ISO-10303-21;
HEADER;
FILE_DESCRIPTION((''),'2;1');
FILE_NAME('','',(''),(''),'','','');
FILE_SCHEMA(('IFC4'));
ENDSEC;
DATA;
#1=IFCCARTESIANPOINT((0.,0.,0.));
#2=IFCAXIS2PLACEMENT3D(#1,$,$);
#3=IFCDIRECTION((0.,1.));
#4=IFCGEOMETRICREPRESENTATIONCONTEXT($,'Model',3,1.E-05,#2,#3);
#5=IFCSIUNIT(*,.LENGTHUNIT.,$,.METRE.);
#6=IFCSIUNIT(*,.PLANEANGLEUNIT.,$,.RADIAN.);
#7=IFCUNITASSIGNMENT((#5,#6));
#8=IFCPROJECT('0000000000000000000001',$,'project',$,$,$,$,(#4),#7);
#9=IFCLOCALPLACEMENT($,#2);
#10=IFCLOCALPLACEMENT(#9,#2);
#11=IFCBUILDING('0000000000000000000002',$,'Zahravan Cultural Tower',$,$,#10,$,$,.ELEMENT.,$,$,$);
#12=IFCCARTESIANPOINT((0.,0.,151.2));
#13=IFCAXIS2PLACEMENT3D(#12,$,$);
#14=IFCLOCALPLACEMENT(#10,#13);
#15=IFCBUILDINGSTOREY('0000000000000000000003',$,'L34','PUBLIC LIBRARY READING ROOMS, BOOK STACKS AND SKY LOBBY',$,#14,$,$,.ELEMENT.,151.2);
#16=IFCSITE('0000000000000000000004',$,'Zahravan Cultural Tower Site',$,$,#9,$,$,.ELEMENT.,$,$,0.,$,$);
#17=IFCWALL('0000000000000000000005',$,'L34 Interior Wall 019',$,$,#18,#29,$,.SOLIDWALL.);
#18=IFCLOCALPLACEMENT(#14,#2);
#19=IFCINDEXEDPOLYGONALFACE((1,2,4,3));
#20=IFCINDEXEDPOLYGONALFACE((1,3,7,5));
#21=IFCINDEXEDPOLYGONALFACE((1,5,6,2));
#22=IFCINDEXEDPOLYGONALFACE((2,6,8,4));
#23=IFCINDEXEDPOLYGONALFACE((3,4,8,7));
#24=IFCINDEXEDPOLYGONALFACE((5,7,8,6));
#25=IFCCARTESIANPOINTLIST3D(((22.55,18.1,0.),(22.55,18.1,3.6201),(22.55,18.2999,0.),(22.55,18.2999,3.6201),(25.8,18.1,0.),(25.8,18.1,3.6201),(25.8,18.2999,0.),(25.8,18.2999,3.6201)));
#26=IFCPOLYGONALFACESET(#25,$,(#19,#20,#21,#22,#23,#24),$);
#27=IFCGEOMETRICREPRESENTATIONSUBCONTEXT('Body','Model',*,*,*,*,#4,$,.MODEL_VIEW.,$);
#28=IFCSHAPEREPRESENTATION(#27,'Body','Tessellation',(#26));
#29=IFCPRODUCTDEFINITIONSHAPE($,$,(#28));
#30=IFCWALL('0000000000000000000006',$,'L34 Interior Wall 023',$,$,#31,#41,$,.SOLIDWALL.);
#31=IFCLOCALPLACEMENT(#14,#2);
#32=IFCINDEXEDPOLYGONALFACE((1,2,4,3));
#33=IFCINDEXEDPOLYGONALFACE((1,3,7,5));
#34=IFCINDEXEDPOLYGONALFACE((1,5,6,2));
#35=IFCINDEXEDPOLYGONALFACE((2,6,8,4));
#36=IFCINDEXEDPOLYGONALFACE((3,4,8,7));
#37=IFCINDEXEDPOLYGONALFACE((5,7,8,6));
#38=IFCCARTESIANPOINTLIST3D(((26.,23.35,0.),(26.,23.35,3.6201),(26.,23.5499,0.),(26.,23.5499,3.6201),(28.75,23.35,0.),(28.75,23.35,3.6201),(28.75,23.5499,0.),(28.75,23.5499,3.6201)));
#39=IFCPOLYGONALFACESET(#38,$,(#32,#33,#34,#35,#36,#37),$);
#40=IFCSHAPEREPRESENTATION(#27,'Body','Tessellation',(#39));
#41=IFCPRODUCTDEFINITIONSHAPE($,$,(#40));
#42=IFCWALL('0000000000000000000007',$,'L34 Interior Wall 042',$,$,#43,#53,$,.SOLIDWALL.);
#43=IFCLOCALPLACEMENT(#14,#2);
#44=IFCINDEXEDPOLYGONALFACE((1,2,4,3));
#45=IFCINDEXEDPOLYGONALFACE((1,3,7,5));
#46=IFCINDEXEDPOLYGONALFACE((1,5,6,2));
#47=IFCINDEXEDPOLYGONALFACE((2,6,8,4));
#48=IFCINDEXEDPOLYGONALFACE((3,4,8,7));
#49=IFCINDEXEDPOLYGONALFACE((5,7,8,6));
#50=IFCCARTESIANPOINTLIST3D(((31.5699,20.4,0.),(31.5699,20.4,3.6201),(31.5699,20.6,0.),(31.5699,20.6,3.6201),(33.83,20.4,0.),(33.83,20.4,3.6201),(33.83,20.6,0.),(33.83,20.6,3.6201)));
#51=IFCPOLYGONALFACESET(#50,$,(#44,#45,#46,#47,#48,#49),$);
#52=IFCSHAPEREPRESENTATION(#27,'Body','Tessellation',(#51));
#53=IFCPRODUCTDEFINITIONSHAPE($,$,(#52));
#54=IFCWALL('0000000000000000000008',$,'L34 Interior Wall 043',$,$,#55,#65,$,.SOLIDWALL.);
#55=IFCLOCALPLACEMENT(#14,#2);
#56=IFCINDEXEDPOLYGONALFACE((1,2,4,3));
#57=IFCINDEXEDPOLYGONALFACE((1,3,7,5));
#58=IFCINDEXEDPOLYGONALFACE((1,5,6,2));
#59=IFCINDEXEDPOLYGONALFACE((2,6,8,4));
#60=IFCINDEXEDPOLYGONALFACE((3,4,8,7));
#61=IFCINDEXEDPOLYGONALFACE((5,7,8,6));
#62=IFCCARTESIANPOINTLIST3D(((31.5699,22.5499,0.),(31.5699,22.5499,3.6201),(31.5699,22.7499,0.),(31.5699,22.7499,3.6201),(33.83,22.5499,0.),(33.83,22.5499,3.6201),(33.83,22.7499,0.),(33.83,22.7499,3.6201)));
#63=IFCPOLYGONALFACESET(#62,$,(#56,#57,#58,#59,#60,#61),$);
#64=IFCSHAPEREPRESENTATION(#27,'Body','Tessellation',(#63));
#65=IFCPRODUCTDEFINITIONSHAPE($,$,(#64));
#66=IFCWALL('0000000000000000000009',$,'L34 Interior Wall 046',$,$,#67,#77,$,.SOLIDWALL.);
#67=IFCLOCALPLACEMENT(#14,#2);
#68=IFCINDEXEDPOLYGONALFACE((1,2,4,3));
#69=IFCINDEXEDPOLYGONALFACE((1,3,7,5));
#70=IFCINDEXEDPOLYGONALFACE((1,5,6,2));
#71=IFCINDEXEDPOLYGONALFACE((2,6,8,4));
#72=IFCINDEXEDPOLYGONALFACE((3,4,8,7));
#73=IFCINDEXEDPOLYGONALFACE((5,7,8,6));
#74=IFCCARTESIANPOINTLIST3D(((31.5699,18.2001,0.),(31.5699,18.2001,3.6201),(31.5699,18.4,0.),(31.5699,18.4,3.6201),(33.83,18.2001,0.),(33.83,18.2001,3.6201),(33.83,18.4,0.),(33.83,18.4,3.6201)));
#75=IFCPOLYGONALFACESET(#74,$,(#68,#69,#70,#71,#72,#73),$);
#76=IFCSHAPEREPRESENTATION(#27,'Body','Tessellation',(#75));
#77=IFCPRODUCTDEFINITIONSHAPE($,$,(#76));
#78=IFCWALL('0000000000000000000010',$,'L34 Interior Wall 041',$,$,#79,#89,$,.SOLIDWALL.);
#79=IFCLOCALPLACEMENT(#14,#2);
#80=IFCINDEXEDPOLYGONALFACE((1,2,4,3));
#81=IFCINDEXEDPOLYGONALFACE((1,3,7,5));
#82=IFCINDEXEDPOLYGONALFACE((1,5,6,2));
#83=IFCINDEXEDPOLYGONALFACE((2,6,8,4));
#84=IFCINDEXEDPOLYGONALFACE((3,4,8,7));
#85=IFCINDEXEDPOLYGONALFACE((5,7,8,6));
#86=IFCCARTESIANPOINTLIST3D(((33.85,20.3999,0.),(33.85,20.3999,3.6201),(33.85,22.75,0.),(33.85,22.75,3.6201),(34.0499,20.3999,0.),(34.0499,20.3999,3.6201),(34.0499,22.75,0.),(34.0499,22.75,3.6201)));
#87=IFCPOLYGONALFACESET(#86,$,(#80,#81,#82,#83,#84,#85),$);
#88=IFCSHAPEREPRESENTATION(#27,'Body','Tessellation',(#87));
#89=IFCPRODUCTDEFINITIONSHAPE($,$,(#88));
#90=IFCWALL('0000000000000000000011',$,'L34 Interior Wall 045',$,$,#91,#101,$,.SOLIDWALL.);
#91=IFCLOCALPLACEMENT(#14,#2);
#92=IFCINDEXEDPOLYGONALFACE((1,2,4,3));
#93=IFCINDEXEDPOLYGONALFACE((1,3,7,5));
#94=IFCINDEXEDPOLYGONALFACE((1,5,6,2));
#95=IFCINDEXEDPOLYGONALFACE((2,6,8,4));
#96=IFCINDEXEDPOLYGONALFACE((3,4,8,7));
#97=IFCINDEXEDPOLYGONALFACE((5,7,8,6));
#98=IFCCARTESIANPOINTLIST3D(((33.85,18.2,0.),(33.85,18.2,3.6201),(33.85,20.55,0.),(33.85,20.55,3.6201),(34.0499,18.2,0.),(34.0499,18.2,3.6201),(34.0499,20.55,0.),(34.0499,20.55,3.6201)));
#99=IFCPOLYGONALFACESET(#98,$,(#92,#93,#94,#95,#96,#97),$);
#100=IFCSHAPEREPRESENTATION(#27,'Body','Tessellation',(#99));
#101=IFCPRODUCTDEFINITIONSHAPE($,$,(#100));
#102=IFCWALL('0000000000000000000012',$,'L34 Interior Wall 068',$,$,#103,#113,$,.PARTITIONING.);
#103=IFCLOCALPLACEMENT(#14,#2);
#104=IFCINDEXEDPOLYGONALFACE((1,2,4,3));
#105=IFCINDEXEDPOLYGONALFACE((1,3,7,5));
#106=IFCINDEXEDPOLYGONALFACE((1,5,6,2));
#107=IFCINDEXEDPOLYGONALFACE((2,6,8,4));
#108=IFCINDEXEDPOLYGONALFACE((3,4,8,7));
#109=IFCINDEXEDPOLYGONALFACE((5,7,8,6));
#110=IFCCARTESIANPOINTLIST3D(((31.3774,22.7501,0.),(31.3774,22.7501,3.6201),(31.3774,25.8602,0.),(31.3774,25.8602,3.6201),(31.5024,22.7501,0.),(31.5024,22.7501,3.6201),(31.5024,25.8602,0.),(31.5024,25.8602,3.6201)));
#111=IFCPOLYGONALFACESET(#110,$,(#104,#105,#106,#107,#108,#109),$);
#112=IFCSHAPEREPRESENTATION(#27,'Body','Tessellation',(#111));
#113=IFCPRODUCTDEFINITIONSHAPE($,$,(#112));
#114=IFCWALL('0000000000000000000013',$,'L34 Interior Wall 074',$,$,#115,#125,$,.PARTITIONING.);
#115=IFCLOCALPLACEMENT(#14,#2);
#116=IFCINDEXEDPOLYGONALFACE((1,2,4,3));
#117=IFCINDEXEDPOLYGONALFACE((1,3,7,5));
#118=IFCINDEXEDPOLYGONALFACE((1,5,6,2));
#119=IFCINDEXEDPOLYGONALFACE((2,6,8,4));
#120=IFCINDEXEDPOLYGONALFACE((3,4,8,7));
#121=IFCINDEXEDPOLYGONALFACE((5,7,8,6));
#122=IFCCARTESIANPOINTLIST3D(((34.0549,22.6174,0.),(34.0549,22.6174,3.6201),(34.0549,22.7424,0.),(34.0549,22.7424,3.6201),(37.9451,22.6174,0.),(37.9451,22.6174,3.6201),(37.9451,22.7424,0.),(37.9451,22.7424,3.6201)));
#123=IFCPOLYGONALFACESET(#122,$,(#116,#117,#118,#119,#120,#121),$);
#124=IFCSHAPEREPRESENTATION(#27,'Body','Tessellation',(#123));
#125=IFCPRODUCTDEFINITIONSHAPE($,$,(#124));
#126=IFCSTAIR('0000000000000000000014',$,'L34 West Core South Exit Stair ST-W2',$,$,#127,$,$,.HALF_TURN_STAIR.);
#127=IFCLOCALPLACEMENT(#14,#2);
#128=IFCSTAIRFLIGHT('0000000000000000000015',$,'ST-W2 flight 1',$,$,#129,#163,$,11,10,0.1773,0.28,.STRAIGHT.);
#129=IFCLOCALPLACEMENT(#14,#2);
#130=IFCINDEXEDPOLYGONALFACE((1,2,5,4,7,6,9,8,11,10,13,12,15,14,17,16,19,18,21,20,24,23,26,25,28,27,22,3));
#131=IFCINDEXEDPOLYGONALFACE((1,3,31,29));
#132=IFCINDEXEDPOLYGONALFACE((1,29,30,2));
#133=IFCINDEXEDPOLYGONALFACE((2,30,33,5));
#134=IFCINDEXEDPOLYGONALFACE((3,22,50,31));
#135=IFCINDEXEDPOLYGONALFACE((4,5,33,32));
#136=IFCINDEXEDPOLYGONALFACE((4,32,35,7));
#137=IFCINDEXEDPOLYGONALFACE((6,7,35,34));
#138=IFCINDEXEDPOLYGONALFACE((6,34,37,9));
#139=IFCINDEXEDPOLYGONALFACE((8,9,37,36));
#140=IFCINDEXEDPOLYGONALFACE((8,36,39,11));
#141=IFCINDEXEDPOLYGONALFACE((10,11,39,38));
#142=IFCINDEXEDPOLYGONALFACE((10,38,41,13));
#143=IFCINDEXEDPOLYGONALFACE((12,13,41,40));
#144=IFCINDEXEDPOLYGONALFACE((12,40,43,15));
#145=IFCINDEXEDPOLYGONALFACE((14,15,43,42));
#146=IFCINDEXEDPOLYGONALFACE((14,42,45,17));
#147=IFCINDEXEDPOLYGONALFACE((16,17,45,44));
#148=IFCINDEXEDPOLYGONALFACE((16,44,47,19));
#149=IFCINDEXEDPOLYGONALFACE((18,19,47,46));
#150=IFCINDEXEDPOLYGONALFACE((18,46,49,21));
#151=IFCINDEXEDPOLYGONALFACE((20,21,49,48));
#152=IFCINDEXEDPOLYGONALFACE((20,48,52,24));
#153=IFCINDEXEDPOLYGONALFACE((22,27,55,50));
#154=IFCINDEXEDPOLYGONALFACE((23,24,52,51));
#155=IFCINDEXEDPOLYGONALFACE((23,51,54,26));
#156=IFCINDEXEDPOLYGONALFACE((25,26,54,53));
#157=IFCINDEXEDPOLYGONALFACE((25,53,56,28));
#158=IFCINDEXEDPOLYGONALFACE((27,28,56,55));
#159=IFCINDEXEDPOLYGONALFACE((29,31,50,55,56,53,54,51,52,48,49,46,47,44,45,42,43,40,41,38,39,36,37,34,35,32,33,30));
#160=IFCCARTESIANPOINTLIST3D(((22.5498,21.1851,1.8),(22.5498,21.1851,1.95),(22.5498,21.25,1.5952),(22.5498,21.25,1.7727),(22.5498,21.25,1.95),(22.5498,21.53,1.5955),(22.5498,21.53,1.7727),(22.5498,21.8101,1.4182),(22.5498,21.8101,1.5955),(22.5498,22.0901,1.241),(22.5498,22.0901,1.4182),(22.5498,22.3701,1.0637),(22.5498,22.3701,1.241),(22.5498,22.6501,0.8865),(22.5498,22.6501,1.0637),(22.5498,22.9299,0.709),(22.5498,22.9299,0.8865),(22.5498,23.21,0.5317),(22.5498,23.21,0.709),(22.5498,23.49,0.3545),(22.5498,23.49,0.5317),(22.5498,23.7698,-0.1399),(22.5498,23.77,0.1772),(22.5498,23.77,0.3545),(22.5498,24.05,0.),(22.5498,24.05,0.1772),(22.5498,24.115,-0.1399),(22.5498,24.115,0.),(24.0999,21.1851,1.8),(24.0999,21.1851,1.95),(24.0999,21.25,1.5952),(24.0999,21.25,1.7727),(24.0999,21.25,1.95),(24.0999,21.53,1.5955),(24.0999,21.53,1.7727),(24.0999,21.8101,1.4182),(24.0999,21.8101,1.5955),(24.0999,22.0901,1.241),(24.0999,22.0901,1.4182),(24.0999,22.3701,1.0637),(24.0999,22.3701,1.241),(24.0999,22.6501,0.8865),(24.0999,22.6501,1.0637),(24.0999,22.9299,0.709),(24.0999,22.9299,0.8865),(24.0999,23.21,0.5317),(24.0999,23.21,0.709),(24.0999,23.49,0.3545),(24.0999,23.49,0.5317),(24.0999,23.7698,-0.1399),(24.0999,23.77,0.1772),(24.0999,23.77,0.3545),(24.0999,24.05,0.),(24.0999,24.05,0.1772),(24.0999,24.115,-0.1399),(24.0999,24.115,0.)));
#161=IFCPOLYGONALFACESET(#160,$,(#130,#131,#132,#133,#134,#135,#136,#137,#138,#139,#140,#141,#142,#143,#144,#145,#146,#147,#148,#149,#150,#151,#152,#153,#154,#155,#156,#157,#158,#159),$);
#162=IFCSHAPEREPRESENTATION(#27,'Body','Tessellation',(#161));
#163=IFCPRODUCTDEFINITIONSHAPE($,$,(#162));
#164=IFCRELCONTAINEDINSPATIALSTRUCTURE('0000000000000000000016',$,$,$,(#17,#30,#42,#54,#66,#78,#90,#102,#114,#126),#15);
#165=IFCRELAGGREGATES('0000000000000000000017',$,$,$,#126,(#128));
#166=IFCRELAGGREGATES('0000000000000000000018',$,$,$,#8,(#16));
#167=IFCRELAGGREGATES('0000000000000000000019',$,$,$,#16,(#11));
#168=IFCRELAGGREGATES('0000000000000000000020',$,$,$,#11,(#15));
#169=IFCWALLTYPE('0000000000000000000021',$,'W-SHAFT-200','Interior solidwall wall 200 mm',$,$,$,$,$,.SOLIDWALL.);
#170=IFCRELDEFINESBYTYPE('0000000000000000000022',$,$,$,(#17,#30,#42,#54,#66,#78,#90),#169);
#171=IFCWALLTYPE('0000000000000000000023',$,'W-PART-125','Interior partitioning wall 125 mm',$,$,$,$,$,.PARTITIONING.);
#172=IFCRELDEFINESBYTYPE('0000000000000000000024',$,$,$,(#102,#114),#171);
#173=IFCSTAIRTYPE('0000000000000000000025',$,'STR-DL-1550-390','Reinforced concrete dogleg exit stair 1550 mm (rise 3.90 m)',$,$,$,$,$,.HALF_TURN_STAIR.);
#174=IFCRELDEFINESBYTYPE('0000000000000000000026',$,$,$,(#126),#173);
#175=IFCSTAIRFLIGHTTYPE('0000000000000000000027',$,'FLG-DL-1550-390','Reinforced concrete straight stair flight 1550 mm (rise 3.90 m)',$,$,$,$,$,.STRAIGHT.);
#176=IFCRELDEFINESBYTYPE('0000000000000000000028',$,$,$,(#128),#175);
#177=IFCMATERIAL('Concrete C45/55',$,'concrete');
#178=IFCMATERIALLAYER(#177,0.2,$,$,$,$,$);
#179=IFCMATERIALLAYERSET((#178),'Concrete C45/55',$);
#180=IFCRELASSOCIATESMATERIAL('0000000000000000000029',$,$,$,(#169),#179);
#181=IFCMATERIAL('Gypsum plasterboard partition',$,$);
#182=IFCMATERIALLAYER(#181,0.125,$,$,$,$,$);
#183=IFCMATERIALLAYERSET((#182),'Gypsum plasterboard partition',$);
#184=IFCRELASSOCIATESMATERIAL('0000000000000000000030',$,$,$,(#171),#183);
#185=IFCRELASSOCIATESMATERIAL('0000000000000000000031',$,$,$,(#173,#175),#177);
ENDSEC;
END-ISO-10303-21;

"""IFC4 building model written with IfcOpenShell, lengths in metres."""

from ifc_helpers import new_model, si_unit, direction, frame, frame_2d, origin, place, context, subcontext, project, spatial, polyline, rectangle, outline, extrude, source, transform, mapped, material, layer, layer_set, type_object, element, aggregate, save


model = new_model("IFC4")

# Units and contexts
model_context = context("Model", 3, precision=1e-05, world=origin(), true_north=direction((0.0, 1.0)))
body_context = subcontext(model_context, "Body", "Model", "MODEL_VIEW")
ifc_project = project(units=[si_unit("LENGTHUNIT", "METRE"), si_unit("PLANEANGLEUNIT", "RADIAN")], contexts=[model_context])

# Site, building, storey
site_placement = place(None, origin())
site = spatial("IfcSite", under=ifc_project, at=site_placement, Name="Zahravan Cultural Tower Site", CompositionType="ELEMENT", RefElevation=0.0)
building_placement = place(site_placement, origin())
building = spatial("IfcBuilding", under=site, at=building_placement, Name="Zahravan Cultural Tower", CompositionType="ELEMENT")
storey_placement = place(building_placement, frame((0.0, 0.0, 151.2)))
storey = spatial("IfcBuildingStorey", under=building, at=storey_placement, Name="L34", Description="PUBLIC LIBRARY READING ROOMS, BOOK STACKS AND SKY LOBBY", CompositionType="ELEMENT", Elevation=151.2)

# Shared definitions
ifc_material_1 = material(Name="Concrete C45/55", Category="concrete")
ifc_layer_1 = layer(ifc_material_1, 0.2)
ifc_layer_set_1 = layer_set([ifc_layer_1], Name="Concrete C45/55")
wall_type_1 = type_object("IfcWallType", Name="W-SHAFT-200", Description="Interior solidwall wall 200 mm", PredefinedType="SOLIDWALL", material=ifc_layer_set_1)

# Walls
shared_shape_1 = source(origin(), body_context, "Body", "SweptSolid", [
    extrude(rectangle(XDim=3.25, YDim=0.2, at=frame_2d((1.625, 0.0))), origin(), (0.0, 0.0, 1.0), 3.6201),
])
wall_1_placement = place(storey_placement, frame((22.55, 18.2, 0.0), z_axis=(0.0, 0.0, 1.0), x_axis=(1.0, 0.0, 0.0)))
element("IfcWall", 1, at=wall_1_placement, inside=storey, type_object=wall_type_1, Name="L34 Interior Wall 019", PredefinedType="SOLIDWALL", context=body_context, shape_type="MappedRepresentation", body=[
    mapped(shared_shape_1, transform((0.0, 0.0, 0.0), x_axis=(1.0, 0.0, 0.0), y_axis=(0.0, 1.0, 0.0), z_axis=(0.0, 0.0, 1.0), scale=1.0)),
])
shared_shape_2 = source(origin(), body_context, "Body", "SweptSolid", [
    extrude(rectangle(XDim=2.75, YDim=0.2, at=frame_2d((1.375, 0.0))), origin(), (0.0, 0.0, 1.0), 3.6201),
])
wall_2_placement = place(storey_placement, frame((26.0, 23.45, 0.0), z_axis=(0.0, 0.0, 1.0), x_axis=(1.0, 0.0, 0.0)))
element("IfcWall", 2, at=wall_2_placement, inside=storey, type_object=wall_type_1, Name="L34 Interior Wall 023", PredefinedType="SOLIDWALL", context=body_context, shape_type="MappedRepresentation", body=[
    mapped(shared_shape_2, transform((0.0, 0.0, 0.0), x_axis=(1.0, 0.0, 0.0), y_axis=(0.0, 1.0, 0.0), z_axis=(0.0, 0.0, 1.0), scale=1.0)),
])
shared_shape_3 = source(origin(), body_context, "Body", "SweptSolid", [
    extrude(rectangle(XDim=2.26, YDim=0.2, at=frame_2d((1.1299, 0.0))), origin(), (0.0, 0.0, 1.0), 3.6201),
])
for number, where, z_axis, x_axis, name in (
    (3, (31.5701, 20.5, 0.0), (0.0, 0.0, 1.0), (1.0, 0.0, 0.0), "L34 Interior Wall 042"),
    (4, (31.5701, 22.6499, 0.0), (0.0, 0.0, 1.0), (1.0, 0.0, 0.0), "L34 Interior Wall 043"),
    (5, (31.5701, 18.3, 0.0), (0.0, 0.0, 1.0), (1.0, 0.0, 0.0), "L34 Interior Wall 046"),
):
    element("IfcWall", number, at=place(storey_placement, frame(where, z_axis=z_axis, x_axis=x_axis)), inside=storey, type_object=wall_type_1, Name=name, PredefinedType="SOLIDWALL", context=body_context, shape_type="MappedRepresentation", body=[
        mapped(shared_shape_3, transform((0.0, 0.0, 0.0), x_axis=(1.0, 0.0, 0.0), y_axis=(0.0, 1.0, 0.0), z_axis=(0.0, 0.0, 1.0), scale=1.0)),
    ])
shared_shape_4 = source(origin(), body_context, "Body", "SweptSolid", [
    extrude(rectangle(XDim=2.3501, YDim=0.2, at=frame_2d((1.175, 0.0))), origin(), (0.0, 0.0, 1.0), 3.6201),
])
for number, where, z_axis, x_axis, name in (
    (6, (33.95, 20.3999, 0.0), (0.0, 0.0, 1.0), (0.0, 1.0, 0.0), "L34 Interior Wall 041"),
    (7, (33.95, 18.2, 0.0), (0.0, 0.0, 1.0), (0.0, 1.0, 0.0), "L34 Interior Wall 045"),
):
    element("IfcWall", number, at=place(storey_placement, frame(where, z_axis=z_axis, x_axis=x_axis)), inside=storey, type_object=wall_type_1, Name=name, PredefinedType="SOLIDWALL", context=body_context, shape_type="MappedRepresentation", body=[
        mapped(shared_shape_4, transform((0.0, 0.0, 0.0), x_axis=(1.0, 0.0, 0.0), y_axis=(0.0, 1.0, 0.0), z_axis=(0.0, 0.0, 1.0), scale=1.0)),
    ])
ifc_material_2 = material(Name="Gypsum plasterboard partition")
ifc_layer_2 = layer(ifc_material_2, 0.125)
ifc_layer_set_2 = layer_set([ifc_layer_2], Name="Gypsum plasterboard partition")
wall_type_2 = type_object("IfcWallType", Name="W-PART-125", Description="Interior partitioning wall 125 mm", PredefinedType="PARTITIONING", material=ifc_layer_set_2)
shared_shape_5 = source(origin(), body_context, "Body", "SweptSolid", [
    extrude(rectangle(XDim=3.1101, YDim=0.125, at=frame_2d((1.5552, 0.0))), origin(), (0.0, 0.0, 1.0), 3.6201),
])
wall_3_placement = place(storey_placement, frame((31.4399, 22.75, 0.0), z_axis=(0.0, 0.0, 1.0), x_axis=(0.0, 1.0, 0.0)))
element("IfcWall", 8, at=wall_3_placement, inside=storey, type_object=wall_type_2, Name="L34 Interior Wall 068", PredefinedType="PARTITIONING", context=body_context, shape_type="MappedRepresentation", body=[
    mapped(shared_shape_5, transform((0.0, 0.0, 0.0), x_axis=(1.0, 0.0, 0.0), y_axis=(0.0, 1.0, 0.0), z_axis=(0.0, 0.0, 1.0), scale=1.0)),
])
shared_shape_6 = source(origin(), body_context, "Body", "SweptSolid", [
    extrude(rectangle(XDim=3.8901, YDim=0.125, at=frame_2d((1.9451, 0.0))), origin(), (0.0, 0.0, 1.0), 3.6201),
])
wall_4_placement = place(storey_placement, frame((34.0549, 22.6799, 0.0), z_axis=(0.0, 0.0, 1.0), x_axis=(1.0, 0.0, 0.0)))
element("IfcWall", 9, at=wall_4_placement, inside=storey, type_object=wall_type_2, Name="L34 Interior Wall 074", PredefinedType="PARTITIONING", context=body_context, shape_type="MappedRepresentation", body=[
    mapped(shared_shape_6, transform((0.0, 0.0, 0.0), x_axis=(1.0, 0.0, 0.0), y_axis=(0.0, 1.0, 0.0), z_axis=(0.0, 0.0, 1.0), scale=1.0)),
])

# Stair, stair flight
stair_type = type_object("IfcStairType", Name="STR-DL-1550-390", Description="Reinforced concrete dogleg exit stair 1550 mm (rise 3.90 m)", PredefinedType="HALF_TURN_STAIR", material=ifc_material_1)
stair_placement = place(storey_placement, origin())
stair = element("IfcStair", 10, at=stair_placement, inside=storey, type_object=stair_type, Name="L34 West Core South Exit Stair ST-W2", PredefinedType="HALF_TURN_STAIR")
stair_flight_type = type_object("IfcStairFlightType", Name="FLG-DL-1550-390", Description="Reinforced concrete straight stair flight 1550 mm (rise 3.90 m)", PredefinedType="STRAIGHT", material=ifc_material_1)
stair_flight_1_placement = place(storey_placement, frame((23.325, 24.05, 0.0), z_axis=(0.0, 0.0, 1.0), x_axis=(0.0, -1.0, 0.0)))
stair_flight_1 = element("IfcStairFlight", 11, at=stair_flight_1_placement, type_object=stair_flight_type, Name="ST-W2 flight 1", NumberOfRisers=11, NumberOfTreads=10, PredefinedType="STRAIGHT", RiserHeight=0.1773, TreadLength=0.28, context=body_context, shape_type="SweptSolid", body=[
    extrude(outline(polyline([(-0.0649, -0.1399), (-0.0649, 0.0), (0.0, 0.0), (0.0, 0.1772), (0.28, 0.1772), (0.28, 0.3545), (0.5601, 0.3545), (0.5601, 0.5317), (0.8401, 0.5317), (0.8401, 0.709), (1.1201, 0.709), (1.1201, 0.8865), (1.3999, 0.8865), (1.3999, 1.0637), (1.6799, 1.0637), (1.6799, 1.241), (1.96, 1.241), (1.96, 1.4182), (2.24, 1.4182), (2.24, 1.5955), (2.52, 1.5955), (2.52, 1.7727), (2.8, 1.7727), (2.8, 1.95), (2.865, 1.95), (2.865, 1.8), (2.8, 1.5952), (0.2803, -0.1399), (-0.0649, -0.1399)])), frame((0.0, 0.7749, 0.0), z_axis=(0.0, -1.0, 0.0), x_axis=(1.0, 0.0, 0.0)), (0.0, 0.0, 1.0), 1.55),
])
aggregate(stair, [stair_flight_1])

save(model, "model.ifc")
